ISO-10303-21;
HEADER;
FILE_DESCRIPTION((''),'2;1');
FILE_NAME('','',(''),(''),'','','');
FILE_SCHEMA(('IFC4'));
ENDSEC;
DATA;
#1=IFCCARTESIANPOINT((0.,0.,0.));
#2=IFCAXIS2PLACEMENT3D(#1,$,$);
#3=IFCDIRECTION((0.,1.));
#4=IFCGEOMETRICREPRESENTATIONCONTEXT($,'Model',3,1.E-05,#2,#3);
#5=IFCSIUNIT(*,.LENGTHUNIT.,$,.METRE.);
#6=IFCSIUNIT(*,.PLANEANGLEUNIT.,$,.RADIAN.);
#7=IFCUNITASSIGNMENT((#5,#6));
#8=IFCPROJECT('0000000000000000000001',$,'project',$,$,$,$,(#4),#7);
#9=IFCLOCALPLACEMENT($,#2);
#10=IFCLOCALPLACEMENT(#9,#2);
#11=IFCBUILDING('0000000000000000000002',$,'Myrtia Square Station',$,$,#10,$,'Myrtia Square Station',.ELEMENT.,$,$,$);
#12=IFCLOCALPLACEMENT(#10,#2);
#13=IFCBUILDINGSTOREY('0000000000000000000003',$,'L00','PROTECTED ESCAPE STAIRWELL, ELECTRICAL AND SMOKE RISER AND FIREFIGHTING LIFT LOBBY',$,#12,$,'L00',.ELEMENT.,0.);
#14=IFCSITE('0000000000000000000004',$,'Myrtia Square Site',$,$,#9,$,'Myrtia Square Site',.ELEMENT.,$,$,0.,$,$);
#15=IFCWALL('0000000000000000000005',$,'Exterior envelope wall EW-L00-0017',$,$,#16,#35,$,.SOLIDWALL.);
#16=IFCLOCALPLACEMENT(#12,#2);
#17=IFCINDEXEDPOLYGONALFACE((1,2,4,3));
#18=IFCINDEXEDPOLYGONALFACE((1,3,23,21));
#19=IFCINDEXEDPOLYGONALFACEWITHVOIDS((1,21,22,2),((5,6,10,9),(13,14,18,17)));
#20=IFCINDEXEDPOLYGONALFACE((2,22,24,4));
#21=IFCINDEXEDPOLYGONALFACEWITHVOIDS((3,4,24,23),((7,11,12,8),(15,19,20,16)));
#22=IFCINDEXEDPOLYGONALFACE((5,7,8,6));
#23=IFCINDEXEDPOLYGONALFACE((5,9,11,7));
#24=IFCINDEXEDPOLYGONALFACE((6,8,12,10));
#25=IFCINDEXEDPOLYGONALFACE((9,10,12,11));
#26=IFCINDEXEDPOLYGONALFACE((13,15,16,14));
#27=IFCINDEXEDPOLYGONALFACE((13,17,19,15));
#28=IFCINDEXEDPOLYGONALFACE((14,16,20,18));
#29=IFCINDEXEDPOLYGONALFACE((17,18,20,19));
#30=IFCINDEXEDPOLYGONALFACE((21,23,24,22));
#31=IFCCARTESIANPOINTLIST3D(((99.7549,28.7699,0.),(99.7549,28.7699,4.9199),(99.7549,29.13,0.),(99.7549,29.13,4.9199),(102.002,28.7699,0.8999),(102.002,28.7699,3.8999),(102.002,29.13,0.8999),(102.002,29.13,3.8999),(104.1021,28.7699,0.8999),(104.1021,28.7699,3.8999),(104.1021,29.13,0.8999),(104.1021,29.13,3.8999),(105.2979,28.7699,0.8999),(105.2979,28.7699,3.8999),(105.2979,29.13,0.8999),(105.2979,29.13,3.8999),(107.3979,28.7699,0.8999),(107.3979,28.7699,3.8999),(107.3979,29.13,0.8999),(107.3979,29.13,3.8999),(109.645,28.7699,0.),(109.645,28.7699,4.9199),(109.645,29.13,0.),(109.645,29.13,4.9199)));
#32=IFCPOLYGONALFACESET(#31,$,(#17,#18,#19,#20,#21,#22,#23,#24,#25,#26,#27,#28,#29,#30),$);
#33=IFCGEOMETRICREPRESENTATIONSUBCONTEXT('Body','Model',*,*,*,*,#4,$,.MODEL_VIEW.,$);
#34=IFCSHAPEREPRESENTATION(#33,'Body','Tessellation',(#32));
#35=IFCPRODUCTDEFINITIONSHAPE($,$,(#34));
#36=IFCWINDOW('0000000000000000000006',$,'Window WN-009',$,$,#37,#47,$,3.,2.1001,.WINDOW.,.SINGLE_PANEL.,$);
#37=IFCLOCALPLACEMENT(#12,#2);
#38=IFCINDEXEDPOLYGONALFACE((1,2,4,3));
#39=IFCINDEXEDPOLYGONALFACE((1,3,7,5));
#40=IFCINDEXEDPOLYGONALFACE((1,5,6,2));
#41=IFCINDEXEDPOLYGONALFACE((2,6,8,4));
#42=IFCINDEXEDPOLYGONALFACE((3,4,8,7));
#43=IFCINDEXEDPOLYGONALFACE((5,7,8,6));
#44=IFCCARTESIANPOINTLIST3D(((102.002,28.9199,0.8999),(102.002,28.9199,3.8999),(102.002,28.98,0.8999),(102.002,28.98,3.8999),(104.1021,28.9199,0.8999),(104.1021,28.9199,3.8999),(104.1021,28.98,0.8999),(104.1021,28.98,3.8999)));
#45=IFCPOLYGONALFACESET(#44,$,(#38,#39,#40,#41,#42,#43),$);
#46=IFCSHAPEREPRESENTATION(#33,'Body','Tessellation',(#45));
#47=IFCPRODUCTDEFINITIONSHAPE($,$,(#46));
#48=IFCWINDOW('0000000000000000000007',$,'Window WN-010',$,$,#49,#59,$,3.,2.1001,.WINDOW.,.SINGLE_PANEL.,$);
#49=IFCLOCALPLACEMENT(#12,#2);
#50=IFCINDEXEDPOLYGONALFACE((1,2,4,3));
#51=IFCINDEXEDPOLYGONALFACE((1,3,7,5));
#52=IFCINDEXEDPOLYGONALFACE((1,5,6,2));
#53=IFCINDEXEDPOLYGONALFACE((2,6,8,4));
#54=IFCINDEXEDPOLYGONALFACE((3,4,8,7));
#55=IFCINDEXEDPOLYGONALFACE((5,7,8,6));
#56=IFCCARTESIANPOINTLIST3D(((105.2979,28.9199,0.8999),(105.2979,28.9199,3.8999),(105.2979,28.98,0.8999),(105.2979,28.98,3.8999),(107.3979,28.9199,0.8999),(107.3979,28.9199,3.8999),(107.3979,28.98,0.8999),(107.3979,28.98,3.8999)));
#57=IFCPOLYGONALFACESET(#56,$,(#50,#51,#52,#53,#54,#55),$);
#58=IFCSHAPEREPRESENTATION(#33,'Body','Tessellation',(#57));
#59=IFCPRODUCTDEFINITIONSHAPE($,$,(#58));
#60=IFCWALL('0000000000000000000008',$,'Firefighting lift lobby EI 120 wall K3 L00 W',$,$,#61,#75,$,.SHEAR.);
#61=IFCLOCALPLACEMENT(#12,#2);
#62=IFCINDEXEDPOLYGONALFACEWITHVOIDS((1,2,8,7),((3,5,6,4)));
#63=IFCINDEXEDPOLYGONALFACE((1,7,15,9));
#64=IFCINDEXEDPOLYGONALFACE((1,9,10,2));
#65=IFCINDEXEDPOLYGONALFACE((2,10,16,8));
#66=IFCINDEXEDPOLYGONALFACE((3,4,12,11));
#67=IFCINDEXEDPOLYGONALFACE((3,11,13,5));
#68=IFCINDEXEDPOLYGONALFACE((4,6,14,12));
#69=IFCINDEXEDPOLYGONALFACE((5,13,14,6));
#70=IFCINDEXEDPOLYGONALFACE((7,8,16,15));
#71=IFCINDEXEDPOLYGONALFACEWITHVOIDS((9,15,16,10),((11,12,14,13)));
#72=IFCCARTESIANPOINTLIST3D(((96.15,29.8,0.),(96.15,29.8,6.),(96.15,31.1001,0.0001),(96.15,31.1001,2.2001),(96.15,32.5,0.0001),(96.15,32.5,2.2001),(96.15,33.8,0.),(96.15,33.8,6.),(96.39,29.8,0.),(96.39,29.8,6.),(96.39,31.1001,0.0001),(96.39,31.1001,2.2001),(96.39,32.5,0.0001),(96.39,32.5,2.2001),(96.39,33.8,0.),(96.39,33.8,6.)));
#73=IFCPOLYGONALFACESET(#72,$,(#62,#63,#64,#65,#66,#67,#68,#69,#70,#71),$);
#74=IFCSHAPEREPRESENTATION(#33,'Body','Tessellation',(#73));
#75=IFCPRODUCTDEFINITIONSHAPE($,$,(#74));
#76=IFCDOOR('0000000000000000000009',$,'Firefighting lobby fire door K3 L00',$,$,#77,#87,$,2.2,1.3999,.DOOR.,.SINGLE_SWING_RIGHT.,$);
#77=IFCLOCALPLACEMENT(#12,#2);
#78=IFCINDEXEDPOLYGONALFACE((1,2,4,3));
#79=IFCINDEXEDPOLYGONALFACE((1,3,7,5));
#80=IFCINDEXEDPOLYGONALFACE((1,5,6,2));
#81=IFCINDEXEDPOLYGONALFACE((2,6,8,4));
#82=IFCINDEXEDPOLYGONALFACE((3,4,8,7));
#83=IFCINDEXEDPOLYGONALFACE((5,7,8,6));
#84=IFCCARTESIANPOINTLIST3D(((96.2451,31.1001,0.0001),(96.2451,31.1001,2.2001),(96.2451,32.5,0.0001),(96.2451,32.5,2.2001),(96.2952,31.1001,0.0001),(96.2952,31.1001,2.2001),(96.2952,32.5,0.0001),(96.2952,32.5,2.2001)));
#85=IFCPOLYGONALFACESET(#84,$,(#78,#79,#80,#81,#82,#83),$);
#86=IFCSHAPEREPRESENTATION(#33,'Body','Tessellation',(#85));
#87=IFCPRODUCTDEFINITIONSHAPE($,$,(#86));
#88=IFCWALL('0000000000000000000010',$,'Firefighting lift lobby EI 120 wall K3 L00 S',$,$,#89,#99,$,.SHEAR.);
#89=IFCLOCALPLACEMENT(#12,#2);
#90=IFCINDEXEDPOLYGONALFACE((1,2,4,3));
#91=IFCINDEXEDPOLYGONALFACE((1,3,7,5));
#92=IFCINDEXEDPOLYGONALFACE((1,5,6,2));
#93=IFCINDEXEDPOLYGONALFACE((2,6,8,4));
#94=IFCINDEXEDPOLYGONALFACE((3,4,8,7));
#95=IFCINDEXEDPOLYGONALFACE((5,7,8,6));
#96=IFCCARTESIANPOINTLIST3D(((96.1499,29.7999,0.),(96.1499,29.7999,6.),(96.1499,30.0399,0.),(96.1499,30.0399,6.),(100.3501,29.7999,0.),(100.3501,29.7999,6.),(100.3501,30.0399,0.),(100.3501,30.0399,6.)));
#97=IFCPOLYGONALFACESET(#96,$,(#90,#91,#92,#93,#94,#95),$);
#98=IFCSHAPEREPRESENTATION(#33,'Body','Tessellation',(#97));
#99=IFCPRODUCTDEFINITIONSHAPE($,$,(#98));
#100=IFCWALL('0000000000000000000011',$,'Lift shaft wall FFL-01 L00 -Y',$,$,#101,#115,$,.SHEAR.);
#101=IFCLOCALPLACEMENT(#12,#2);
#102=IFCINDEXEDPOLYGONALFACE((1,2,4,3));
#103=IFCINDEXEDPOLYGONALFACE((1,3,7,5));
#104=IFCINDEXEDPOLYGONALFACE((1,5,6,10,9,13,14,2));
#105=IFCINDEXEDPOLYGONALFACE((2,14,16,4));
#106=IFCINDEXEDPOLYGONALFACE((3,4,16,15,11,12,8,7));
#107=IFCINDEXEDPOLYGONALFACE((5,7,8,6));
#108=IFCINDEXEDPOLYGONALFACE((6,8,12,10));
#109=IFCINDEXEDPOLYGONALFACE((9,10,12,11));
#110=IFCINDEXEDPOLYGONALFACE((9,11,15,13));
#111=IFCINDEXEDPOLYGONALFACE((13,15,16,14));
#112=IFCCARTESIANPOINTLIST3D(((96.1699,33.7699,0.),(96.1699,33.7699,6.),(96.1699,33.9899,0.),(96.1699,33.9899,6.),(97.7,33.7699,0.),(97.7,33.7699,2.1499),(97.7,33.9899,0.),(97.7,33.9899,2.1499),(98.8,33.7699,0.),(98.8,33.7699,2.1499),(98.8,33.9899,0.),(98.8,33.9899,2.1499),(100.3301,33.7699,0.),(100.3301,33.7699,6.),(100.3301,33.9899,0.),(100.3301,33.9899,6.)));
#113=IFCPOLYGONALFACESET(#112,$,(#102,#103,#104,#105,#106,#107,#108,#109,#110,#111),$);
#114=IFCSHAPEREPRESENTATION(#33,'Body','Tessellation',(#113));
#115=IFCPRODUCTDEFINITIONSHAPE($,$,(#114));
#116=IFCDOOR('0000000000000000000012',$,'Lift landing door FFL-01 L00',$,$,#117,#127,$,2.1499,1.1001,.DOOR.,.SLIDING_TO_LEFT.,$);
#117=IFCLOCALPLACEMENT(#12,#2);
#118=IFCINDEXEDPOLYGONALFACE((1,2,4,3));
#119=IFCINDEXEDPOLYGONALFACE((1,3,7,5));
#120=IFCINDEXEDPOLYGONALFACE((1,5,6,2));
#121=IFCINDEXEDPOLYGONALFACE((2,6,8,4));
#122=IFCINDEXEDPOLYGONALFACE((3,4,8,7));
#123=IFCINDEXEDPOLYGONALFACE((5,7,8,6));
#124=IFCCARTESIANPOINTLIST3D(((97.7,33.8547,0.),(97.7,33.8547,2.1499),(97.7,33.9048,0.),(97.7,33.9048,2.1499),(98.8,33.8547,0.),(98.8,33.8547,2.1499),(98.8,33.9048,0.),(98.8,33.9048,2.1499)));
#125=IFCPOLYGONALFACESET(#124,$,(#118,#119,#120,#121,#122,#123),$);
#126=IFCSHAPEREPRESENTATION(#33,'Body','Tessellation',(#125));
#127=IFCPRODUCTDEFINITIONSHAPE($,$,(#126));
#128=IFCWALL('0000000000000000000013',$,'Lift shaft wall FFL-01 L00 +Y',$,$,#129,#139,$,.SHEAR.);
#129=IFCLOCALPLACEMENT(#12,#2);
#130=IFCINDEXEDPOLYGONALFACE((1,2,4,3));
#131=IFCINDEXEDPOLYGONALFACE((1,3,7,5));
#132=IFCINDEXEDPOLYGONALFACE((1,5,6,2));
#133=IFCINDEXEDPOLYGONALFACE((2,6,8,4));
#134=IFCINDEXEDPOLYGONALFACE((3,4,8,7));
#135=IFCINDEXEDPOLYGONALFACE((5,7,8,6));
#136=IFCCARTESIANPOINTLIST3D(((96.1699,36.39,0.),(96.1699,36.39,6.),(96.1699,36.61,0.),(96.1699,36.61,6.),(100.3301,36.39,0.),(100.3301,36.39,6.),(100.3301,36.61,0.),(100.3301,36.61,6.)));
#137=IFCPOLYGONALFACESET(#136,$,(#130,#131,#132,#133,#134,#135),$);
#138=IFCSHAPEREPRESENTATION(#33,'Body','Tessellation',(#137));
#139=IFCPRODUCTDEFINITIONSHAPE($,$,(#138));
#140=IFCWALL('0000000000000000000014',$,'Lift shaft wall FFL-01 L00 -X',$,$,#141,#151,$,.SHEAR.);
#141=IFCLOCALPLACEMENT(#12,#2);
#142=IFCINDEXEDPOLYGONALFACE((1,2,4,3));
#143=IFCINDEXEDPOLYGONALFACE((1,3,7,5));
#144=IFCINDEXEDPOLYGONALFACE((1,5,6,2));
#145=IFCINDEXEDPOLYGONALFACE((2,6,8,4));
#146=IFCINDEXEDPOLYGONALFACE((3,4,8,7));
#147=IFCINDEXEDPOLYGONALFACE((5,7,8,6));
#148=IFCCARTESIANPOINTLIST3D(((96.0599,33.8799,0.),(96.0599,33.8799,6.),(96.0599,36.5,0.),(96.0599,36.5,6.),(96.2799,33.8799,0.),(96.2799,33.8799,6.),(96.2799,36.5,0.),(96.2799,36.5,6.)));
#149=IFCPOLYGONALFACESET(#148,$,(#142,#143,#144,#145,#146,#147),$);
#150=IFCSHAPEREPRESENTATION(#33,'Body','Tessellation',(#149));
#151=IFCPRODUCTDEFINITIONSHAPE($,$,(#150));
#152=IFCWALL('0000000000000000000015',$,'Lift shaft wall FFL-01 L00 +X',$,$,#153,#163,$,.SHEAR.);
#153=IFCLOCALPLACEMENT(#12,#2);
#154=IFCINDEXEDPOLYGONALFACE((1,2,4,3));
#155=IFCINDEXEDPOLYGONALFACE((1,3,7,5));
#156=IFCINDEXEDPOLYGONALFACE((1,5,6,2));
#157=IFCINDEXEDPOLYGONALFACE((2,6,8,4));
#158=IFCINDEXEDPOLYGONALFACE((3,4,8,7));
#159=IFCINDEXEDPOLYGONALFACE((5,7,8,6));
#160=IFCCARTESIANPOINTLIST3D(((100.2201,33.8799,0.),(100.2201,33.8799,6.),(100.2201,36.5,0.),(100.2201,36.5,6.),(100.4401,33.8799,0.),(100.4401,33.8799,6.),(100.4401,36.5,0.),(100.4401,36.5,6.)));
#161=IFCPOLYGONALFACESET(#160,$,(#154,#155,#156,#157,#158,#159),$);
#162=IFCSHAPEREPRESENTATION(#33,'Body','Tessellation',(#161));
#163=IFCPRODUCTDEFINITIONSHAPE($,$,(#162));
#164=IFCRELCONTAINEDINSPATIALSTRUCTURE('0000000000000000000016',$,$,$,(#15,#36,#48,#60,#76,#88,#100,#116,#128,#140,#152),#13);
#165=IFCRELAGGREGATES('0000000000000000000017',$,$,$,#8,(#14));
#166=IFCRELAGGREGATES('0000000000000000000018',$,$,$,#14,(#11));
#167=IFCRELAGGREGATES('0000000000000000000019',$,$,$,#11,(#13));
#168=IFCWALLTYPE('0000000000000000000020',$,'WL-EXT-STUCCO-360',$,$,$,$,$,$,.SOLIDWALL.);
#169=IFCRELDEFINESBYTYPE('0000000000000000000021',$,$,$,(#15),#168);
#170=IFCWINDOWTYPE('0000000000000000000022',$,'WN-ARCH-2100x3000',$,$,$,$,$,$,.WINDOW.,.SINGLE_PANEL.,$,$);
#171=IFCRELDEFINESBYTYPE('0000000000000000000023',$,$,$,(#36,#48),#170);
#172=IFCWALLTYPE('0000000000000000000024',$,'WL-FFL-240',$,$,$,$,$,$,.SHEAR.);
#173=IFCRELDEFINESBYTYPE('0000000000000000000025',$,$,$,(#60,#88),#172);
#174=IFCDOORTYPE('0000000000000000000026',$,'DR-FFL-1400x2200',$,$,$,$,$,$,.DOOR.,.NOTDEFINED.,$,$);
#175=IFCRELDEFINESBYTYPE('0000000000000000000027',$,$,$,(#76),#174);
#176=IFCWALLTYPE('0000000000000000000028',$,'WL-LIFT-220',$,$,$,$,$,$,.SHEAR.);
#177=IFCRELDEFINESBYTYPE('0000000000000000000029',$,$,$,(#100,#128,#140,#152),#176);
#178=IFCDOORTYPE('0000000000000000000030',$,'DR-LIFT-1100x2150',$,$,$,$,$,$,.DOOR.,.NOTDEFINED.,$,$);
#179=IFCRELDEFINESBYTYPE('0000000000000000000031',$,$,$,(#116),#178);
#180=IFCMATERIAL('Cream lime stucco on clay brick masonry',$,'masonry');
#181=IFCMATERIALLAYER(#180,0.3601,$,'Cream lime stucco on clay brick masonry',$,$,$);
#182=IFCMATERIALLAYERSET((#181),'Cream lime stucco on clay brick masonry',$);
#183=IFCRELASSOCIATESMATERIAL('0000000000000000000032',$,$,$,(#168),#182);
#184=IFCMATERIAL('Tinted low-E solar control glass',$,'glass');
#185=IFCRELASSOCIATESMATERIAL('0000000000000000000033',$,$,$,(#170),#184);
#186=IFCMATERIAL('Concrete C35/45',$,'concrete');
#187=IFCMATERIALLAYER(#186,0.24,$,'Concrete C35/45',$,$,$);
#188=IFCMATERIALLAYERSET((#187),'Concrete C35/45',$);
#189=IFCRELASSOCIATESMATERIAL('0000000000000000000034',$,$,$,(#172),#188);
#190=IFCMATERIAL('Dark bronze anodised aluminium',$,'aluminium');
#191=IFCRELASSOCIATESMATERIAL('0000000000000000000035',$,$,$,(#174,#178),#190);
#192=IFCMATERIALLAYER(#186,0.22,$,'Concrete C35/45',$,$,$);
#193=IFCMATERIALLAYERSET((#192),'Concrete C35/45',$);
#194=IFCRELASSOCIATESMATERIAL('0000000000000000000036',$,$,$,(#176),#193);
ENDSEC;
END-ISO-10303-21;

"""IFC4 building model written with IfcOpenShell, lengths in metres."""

from ifc_helpers import new_model, si_unit, direction, frame, frame_2d, origin, place, context, subcontext, project, spatial, rectangle, extrude, material, layer, layer_set, type_object, element, fill, save


model = new_model("IFC4")

# Units and contexts
model_context = context("Model", 3, precision=1e-05, world=origin(), true_north=direction((0.0, 1.0)))
body_context = subcontext(model_context, "Body", "Model", "MODEL_VIEW")
ifc_project = project(units=[si_unit("LENGTHUNIT", "METRE"), si_unit("PLANEANGLEUNIT", "RADIAN")], contexts=[model_context])

# Site, building, storey
site_placement = place(None, origin())
site = spatial("IfcSite", under=ifc_project, at=site_placement, Name="Myrtia Square Site", LongName="Myrtia Square Site", CompositionType="ELEMENT", RefElevation=0.0)
building_placement = place(site_placement, origin())
building = spatial("IfcBuilding", under=site, at=building_placement, Name="Myrtia Square Station", LongName="Myrtia Square Station", CompositionType="ELEMENT")
storey_placement = place(building_placement, origin())
storey = spatial("IfcBuildingStorey", under=building, at=storey_placement, Name="L00", Description="PROTECTED ESCAPE STAIRWELL, ELECTRICAL AND SMOKE RISER AND FIREFIGHTING LIFT LOBBY", LongName="L00", CompositionType="ELEMENT", Elevation=0.0)

# Shared definitions
ifc_material_1 = material(Name="Concrete C35/45", Category="concrete")

# Shared definitions
ifc_material_2 = material(Name="Dark bronze anodised aluminium", Category="aluminium")

# Wall, openings, windows
ifc_material_3 = material(Name="Cream lime stucco on clay brick masonry", Category="masonry")
ifc_layer_1 = layer(ifc_material_3, 0.3601, Name="Cream lime stucco on clay brick masonry")
ifc_layer_set_1 = layer_set([ifc_layer_1], Name="Cream lime stucco on clay brick masonry")
wall_type_1 = type_object("IfcWallType", Name="WL-EXT-STUCCO-360", PredefinedType="SOLIDWALL", material=ifc_layer_set_1)
wall_1_placement = place(storey_placement, frame((99.7549, 28.95, 0.0), z_axis=(0.0, 0.0, 1.0), x_axis=(1.0, 0.0, 0.0)))
wall_1 = element("IfcWall", 1, at=wall_1_placement, inside=storey, type_object=wall_type_1, Name="Exterior envelope wall EW-L00-0017", PredefinedType="SOLIDWALL", context=body_context, shape_type="SweptSolid", body=[
    extrude(rectangle(XDim=9.8901, YDim=0.3601, at=frame_2d((4.9451, 0.0))), origin(), (0.0, 0.0, 1.0), 4.9199),
])
opening_1_placement = place(wall_1_placement, frame((2.2471, 0.0, 0.8999)))
opening_1 = element("IfcOpeningElement", 2, at=opening_1_placement, cuts=wall_1, PredefinedType="OPENING", context=body_context, shape_type="SweptSolid", body=[
    extrude(rectangle(XDim=2.1001, YDim=3.0, at=frame_2d((1.05, 1.5))), frame((0.0, 0.1951, 0.0), z_axis=(0.0, -1.0, 0.0), x_axis=(1.0, 0.0, 0.0)), (0.0, 0.0, 1.0), 0.3901),
])
opening_2_placement = place(wall_1_placement, frame((5.543, 0.0, 0.8999)))
opening_2 = element("IfcOpeningElement", 3, at=opening_2_placement, cuts=wall_1, PredefinedType="OPENING", context=body_context, shape_type="SweptSolid", body=[
    extrude(rectangle(XDim=2.1001, YDim=3.0, at=frame_2d((1.05, 1.5))), frame((0.0, 0.1951, 0.0), z_axis=(0.0, -1.0, 0.0), x_axis=(1.0, 0.0, 0.0)), (0.0, 0.0, 1.0), 0.3901),
])
ifc_material_4 = material(Name="Tinted low-E solar control glass", Category="glass")
window_type = type_object("IfcWindowType", Name="WN-ARCH-2100x3000", PartitioningType="SINGLE_PANEL", PredefinedType="WINDOW", material=ifc_material_4)
window_1_placement = place(opening_1_placement, origin())
window_1 = element("IfcWindow", 4, at=window_1_placement, inside=storey, type_object=window_type, Name="Window WN-009", OverallHeight=3.0, OverallWidth=2.1001, PartitioningType="SINGLE_PANEL", PredefinedType="WINDOW", context=body_context, shape_type="SweptSolid", body=[
    extrude(rectangle(XDim=2.1001, YDim=3.0, at=frame_2d((1.05, 1.5))), frame((0.0, 0.03, 0.0), z_axis=(0.0, -1.0, 0.0), x_axis=(1.0, 0.0, 0.0)), (0.0, 0.0, 1.0), 0.0601),
])
fill(opening_1, window_1)
window_2_placement = place(opening_2_placement, origin())
window_2 = element("IfcWindow", 5, at=window_2_placement, inside=storey, type_object=window_type, Name="Window WN-010", OverallHeight=3.0, OverallWidth=2.1001, PartitioningType="SINGLE_PANEL", PredefinedType="WINDOW", context=body_context, shape_type="SweptSolid", body=[
    extrude(rectangle(XDim=2.1001, YDim=3.0, at=frame_2d((1.05, 1.5))), frame((0.0, 0.03, 0.0), z_axis=(0.0, -1.0, 0.0), x_axis=(1.0, 0.0, 0.0)), (0.0, 0.0, 1.0), 0.0601),
])
fill(opening_2, window_2)

# Wall, opening, door
ifc_layer_2 = layer(ifc_material_1, 0.24, Name="Concrete C35/45")
ifc_layer_set_2 = layer_set([ifc_layer_2], Name="Concrete C35/45")
wall_type_2 = type_object("IfcWallType", Name="WL-FFL-240", PredefinedType="SHEAR", material=ifc_layer_set_2)
wall_2_placement = place(storey_placement, frame((96.27, 29.8, 0.0), z_axis=(0.0, 0.0, 1.0), x_axis=(0.0, 1.0, 0.0)))
wall_2 = element("IfcWall", 6, at=wall_2_placement, inside=storey, type_object=wall_type_2, Name="Firefighting lift lobby EI 120 wall K3 L00 W", PredefinedType="SHEAR", context=body_context, shape_type="SweptSolid", body=[
    extrude(rectangle(XDim=4.0, YDim=0.24, at=frame_2d((2.0, 0.0))), origin(), (0.0, 0.0, 1.0), 6.0),
])
opening_3_placement = place(wall_2_placement, frame((1.3, 0.0, 0.0)))
opening_3 = element("IfcOpeningElement", 7, at=opening_3_placement, cuts=wall_2, PredefinedType="OPENING", context=body_context, shape_type="SweptSolid", body=[
    extrude(rectangle(XDim=1.3999, YDim=2.2, at=frame_2d((0.7, 1.1001))), frame((0.0, 0.135, 0.0), z_axis=(0.0, -1.0, 0.0), x_axis=(1.0, 0.0, 0.0)), (0.0, 0.0, 1.0), 0.27),
])
door_type_1 = type_object("IfcDoorType", Name="DR-FFL-1400x2200", OperationType="NOTDEFINED", PredefinedType="DOOR", material=ifc_material_2)
door_1_placement = place(opening_3_placement, origin())
door_1 = element("IfcDoor", 8, at=door_1_placement, inside=storey, type_object=door_type_1, Name="Firefighting lobby fire door K3 L00", OperationType="SINGLE_SWING_RIGHT", OverallHeight=2.2, OverallWidth=1.3999, PredefinedType="DOOR", context=body_context, shape_type="SweptSolid", body=[
    extrude(rectangle(XDim=1.3999, YDim=2.2, at=frame_2d((0.7, 1.1001))), frame((0.0, 0.0249, 0.0), z_axis=(0.0, -1.0, 0.0), x_axis=(1.0, 0.0, 0.0)), (0.0, 0.0, 1.0), 0.05),
])
fill(opening_3, door_1)

# Wall
wall_3_placement = place(storey_placement, frame((96.1499, 29.9199, 0.0), z_axis=(0.0, 0.0, 1.0), x_axis=(1.0, 0.0, 0.0)))
element("IfcWall", 9, at=wall_3_placement, inside=storey, type_object=wall_type_2, Name="Firefighting lift lobby EI 120 wall K3 L00 S", PredefinedType="SHEAR", context=body_context, shape_type="SweptSolid", body=[
    extrude(rectangle(XDim=4.2002, YDim=0.24, at=frame_2d((2.1001, 0.0))), origin(), (0.0, 0.0, 1.0), 6.0),
])

# Wall, opening, door
ifc_layer_3 = layer(ifc_material_1, 0.22, Name="Concrete C35/45")
ifc_layer_set_3 = layer_set([ifc_layer_3], Name="Concrete C35/45")
wall_type_3 = type_object("IfcWallType", Name="WL-LIFT-220", PredefinedType="SHEAR", material=ifc_layer_set_3)
wall_4_placement = place(storey_placement, frame((96.1699, 33.8799, 0.0), z_axis=(0.0, 0.0, 1.0), x_axis=(1.0, 0.0, 0.0)))
wall_4 = element("IfcWall", 10, at=wall_4_placement, inside=storey, type_object=wall_type_3, Name="Lift shaft wall FFL-01 L00 -Y", PredefinedType="SHEAR", context=body_context, shape_type="SweptSolid", body=[
    extrude(rectangle(XDim=4.1602, YDim=0.22, at=frame_2d((2.0801, 0.0))), origin(), (0.0, 0.0, 1.0), 6.0),
])
opening_4_placement = place(wall_4_placement, frame((1.53, 0.0, 0.0)))
opening_4 = element("IfcOpeningElement", 11, at=opening_4_placement, cuts=wall_4, PredefinedType="OPENING", context=body_context, shape_type="SweptSolid", body=[
    extrude(rectangle(XDim=1.1001, YDim=2.1499, at=frame_2d((0.55, 1.075))), frame((0.0, 0.125, 0.0), z_axis=(0.0, -1.0, 0.0), x_axis=(1.0, 0.0, 0.0)), (0.0, 0.0, 1.0), 0.25),
])
door_type_2 = type_object("IfcDoorType", Name="DR-LIFT-1100x2150", OperationType="NOTDEFINED", PredefinedType="DOOR", material=ifc_material_2)
door_2_placement = place(opening_4_placement, origin())
door_2 = element("IfcDoor", 12, at=door_2_placement, inside=storey, type_object=door_type_2, Name="Lift landing door FFL-01 L00", OperationType="SLIDING_TO_LEFT", OverallHeight=2.1499, OverallWidth=1.1001, PredefinedType="DOOR", context=body_context, shape_type="SweptSolid", body=[
    extrude(rectangle(XDim=1.1001, YDim=2.1499, at=frame_2d((0.55, 1.075))), frame((0.0, 0.0249, 0.0), z_axis=(0.0, -1.0, 0.0), x_axis=(1.0, 0.0, 0.0)), (0.0, 0.0, 1.0), 0.05),
])
fill(opening_4, door_2)

# Walls
wall_5_placement = place(storey_placement, frame((96.1699, 36.5, 0.0), z_axis=(0.0, 0.0, 1.0), x_axis=(1.0, 0.0, 0.0)))
element("IfcWall", 13, at=wall_5_placement, inside=storey, type_object=wall_type_3, Name="Lift shaft wall FFL-01 L00 +Y", PredefinedType="SHEAR", context=body_context, shape_type="SweptSolid", body=[
    extrude(rectangle(XDim=4.1602, YDim=0.22, at=frame_2d((2.0801, 0.0))), origin(), (0.0, 0.0, 1.0), 6.0),
])
for number, where, z_axis, x_axis, name in (
    (14, (96.1699, 33.8799, 0.0), (0.0, 0.0, 1.0), (0.0, 1.0, 0.0), "Lift shaft wall FFL-01 L00 -X"),
    (15, (100.3301, 33.8799, 0.0), (0.0, 0.0, 1.0), (0.0, 1.0, 0.0), "Lift shaft wall FFL-01 L00 +X"),
):
    element("IfcWall", number, at=place(storey_placement, frame(where, z_axis=z_axis, x_axis=x_axis)), inside=storey, type_object=wall_type_3, Name=name, PredefinedType="SHEAR", context=body_context, shape_type="SweptSolid", body=[
        extrude(rectangle(XDim=2.6201, YDim=0.22, at=frame_2d((1.3101, 0.0))), origin(), (0.0, 0.0, 1.0), 6.0),
    ])

save(model, "model.ifc")
